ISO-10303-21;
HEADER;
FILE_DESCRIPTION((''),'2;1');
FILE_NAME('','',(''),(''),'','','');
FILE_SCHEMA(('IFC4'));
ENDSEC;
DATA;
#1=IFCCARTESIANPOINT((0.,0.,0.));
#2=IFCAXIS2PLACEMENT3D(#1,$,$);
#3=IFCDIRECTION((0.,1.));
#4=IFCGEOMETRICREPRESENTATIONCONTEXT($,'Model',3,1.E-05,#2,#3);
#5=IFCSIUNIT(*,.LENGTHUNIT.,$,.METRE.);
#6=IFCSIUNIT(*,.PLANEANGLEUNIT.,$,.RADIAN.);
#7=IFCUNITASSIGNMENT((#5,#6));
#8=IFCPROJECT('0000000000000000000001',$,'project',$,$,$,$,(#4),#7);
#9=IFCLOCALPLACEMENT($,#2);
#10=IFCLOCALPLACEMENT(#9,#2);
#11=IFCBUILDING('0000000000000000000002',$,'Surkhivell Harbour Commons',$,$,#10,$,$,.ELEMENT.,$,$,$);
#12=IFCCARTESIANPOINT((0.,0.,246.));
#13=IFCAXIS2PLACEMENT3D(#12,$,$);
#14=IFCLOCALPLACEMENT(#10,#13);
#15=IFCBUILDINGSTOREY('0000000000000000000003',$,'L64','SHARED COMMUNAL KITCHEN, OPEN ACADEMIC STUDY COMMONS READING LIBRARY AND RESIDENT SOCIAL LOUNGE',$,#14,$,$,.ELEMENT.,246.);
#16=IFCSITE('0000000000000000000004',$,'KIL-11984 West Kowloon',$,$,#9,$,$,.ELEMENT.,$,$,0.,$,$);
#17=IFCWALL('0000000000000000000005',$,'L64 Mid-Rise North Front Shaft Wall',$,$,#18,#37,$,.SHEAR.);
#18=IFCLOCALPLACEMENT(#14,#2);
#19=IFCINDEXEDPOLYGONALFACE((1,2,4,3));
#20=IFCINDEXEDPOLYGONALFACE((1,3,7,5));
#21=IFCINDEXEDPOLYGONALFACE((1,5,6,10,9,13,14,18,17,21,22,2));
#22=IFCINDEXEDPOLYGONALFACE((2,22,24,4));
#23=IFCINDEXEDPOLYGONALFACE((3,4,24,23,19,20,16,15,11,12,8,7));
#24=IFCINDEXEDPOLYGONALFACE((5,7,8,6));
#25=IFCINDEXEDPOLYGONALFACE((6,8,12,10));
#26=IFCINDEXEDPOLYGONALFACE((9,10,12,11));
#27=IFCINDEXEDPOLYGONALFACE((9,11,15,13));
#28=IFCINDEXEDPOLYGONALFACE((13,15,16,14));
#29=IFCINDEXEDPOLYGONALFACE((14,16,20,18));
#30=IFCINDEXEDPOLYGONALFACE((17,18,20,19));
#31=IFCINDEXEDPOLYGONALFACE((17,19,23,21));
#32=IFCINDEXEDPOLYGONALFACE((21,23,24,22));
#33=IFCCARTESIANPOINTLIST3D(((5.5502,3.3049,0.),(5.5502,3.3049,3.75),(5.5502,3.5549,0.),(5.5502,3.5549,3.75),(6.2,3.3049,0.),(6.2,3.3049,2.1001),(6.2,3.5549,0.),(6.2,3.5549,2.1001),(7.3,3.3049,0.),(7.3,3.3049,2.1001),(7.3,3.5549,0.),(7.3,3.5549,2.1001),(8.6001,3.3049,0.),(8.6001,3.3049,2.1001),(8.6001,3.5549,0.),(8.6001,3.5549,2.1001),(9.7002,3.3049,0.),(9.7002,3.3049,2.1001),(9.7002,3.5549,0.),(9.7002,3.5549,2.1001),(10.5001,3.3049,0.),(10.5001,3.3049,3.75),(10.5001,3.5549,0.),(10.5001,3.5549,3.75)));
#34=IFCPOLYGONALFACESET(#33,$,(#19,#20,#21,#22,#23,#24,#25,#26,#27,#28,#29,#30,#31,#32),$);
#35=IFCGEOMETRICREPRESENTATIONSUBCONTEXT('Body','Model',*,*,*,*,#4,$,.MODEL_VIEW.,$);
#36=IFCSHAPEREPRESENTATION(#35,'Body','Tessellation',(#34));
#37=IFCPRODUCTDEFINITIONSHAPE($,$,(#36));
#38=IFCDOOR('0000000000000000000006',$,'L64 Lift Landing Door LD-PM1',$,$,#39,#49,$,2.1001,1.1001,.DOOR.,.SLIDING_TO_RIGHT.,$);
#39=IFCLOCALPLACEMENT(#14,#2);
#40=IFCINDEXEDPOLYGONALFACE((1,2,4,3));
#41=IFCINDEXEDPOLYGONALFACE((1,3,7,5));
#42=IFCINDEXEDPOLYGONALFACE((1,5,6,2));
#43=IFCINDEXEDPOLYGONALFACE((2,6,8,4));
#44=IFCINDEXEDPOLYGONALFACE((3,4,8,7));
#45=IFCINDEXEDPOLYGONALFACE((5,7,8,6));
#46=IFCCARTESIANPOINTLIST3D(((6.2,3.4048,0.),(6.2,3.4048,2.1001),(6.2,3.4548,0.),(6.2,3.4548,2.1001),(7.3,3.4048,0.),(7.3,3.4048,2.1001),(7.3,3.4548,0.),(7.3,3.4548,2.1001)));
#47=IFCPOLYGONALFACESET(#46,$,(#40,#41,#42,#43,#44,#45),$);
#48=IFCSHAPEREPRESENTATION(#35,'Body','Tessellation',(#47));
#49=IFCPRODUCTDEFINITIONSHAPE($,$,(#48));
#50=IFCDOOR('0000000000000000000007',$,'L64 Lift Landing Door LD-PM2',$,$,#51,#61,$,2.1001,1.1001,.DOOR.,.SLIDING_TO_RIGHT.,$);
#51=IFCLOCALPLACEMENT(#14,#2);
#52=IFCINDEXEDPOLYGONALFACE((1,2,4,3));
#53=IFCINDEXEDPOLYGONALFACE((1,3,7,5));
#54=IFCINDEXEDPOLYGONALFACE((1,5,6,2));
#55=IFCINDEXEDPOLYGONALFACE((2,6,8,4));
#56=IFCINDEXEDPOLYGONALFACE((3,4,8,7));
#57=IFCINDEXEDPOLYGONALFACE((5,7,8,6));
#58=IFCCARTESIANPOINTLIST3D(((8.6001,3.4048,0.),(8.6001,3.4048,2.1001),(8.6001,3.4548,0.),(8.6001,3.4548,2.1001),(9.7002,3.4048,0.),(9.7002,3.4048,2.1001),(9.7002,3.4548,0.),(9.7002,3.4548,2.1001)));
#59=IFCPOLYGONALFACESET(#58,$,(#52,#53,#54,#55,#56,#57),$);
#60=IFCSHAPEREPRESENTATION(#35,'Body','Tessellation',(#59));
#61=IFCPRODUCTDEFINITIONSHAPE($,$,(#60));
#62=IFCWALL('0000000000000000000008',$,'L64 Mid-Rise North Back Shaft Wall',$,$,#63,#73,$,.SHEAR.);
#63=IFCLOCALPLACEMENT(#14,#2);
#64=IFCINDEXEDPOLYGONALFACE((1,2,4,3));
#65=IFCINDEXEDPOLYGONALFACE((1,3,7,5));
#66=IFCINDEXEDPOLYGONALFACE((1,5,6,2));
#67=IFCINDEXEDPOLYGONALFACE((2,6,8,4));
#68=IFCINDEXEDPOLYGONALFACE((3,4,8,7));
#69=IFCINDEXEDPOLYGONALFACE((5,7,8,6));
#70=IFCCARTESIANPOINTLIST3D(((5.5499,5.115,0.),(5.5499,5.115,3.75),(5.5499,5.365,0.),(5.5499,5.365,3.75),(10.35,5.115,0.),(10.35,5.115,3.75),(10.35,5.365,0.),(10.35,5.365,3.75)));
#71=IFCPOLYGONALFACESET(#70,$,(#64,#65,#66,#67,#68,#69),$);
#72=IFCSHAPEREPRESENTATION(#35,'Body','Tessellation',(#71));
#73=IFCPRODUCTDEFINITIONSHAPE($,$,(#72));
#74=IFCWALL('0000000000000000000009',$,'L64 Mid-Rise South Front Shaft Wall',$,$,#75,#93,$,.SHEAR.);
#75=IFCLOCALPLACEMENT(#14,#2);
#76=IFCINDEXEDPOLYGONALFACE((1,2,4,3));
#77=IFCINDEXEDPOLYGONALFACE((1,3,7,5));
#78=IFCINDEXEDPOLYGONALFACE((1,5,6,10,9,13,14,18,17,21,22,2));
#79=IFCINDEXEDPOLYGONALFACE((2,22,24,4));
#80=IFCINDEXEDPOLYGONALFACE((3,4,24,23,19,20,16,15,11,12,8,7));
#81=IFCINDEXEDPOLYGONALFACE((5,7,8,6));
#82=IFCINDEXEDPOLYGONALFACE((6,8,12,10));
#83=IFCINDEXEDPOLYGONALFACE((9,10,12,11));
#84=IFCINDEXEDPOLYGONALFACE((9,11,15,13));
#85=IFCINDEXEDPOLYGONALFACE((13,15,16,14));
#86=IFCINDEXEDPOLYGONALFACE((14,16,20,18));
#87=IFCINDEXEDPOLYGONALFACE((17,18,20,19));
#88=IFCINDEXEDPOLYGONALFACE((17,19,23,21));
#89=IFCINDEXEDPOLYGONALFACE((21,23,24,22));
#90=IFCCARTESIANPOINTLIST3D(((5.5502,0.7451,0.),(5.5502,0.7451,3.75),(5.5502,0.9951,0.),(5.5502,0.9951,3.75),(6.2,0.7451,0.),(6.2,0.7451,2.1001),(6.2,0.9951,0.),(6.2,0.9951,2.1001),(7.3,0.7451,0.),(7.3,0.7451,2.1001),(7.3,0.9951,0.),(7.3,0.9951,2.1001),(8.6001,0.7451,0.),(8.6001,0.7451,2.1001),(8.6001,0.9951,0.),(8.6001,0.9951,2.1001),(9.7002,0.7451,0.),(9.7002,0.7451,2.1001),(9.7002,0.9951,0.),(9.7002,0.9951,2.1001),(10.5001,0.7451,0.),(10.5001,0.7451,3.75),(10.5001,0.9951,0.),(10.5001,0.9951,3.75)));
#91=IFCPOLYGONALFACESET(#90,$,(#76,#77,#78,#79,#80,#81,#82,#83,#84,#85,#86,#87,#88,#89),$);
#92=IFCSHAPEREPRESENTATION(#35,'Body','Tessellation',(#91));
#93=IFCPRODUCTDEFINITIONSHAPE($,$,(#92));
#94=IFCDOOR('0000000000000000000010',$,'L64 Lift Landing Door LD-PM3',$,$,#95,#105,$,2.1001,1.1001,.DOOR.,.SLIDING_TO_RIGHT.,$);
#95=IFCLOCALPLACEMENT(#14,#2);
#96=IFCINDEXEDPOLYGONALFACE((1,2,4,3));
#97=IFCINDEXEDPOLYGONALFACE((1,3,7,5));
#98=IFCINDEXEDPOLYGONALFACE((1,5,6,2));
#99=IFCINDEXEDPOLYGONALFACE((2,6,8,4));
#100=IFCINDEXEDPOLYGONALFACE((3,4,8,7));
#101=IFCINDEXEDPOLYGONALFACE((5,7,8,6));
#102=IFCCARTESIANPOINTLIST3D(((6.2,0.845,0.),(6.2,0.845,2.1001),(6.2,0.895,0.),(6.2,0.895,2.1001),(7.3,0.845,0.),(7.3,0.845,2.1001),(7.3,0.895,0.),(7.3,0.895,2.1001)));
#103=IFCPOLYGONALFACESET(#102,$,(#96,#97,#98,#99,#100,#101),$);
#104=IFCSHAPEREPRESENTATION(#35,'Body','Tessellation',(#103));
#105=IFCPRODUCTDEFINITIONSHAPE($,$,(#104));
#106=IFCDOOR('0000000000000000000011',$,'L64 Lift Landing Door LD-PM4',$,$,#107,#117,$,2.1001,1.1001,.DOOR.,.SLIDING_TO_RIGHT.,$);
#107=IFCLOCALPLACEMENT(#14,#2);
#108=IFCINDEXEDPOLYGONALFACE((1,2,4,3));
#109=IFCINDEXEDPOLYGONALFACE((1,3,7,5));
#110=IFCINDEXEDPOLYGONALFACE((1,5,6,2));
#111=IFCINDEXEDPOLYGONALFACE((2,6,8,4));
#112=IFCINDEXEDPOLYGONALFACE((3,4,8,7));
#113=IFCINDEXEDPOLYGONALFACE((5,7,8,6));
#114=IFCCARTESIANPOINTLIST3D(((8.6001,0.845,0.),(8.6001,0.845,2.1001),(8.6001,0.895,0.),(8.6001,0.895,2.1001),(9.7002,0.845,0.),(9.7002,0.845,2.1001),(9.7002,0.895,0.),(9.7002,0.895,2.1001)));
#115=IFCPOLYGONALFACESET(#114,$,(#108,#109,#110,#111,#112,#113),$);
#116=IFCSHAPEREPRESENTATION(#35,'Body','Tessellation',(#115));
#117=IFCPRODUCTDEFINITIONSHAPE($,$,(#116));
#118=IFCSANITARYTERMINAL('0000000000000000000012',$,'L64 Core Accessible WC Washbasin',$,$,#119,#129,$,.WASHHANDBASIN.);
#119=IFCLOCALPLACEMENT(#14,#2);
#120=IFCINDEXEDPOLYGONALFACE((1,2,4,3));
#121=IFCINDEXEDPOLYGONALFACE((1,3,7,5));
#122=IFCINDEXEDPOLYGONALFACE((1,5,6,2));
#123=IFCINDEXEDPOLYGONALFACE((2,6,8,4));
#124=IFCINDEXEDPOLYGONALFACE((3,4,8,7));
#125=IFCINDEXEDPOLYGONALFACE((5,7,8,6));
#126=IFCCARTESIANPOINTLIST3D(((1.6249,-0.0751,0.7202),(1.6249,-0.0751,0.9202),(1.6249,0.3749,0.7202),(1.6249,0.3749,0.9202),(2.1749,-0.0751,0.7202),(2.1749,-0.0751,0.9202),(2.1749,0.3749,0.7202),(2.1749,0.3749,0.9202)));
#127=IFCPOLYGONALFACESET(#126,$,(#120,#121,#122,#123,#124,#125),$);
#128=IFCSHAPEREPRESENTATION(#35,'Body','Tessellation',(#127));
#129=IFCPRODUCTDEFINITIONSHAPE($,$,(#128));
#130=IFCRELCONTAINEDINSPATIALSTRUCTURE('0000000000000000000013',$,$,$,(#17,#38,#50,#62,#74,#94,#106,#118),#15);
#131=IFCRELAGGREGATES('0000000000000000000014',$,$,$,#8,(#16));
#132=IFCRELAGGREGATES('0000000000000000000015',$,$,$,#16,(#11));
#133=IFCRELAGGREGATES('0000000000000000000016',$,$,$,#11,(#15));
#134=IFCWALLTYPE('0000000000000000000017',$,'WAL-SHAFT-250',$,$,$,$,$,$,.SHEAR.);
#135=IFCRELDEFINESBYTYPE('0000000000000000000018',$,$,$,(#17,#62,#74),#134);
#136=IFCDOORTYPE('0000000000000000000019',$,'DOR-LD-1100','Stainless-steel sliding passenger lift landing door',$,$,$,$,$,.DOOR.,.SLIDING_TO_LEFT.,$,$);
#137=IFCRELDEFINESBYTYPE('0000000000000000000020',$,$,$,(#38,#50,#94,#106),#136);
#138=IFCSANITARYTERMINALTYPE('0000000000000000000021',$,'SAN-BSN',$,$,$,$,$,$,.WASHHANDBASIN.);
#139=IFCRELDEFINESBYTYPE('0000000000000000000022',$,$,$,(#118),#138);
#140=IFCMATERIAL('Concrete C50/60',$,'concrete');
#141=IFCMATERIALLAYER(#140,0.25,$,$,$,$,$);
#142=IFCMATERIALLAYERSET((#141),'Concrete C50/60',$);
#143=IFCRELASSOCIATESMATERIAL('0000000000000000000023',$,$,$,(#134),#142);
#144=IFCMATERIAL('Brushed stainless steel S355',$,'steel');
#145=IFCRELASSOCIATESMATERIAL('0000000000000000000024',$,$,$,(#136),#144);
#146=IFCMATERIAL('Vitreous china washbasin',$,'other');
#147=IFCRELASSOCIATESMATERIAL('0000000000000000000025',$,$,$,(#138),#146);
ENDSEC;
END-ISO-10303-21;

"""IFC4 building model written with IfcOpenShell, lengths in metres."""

from ifc_helpers import new_model, si_unit, direction, frame, frame_2d, origin, origin_2d, place, context, subcontext, project, spatial, rectangle, extrude, material, layer, layer_set, type_object, element, fill, save


model = new_model("IFC4")

# Units and contexts
model_context = context("Model", 3, precision=1e-05, world=origin(), true_north=direction((0.0, 1.0)))
body_context = subcontext(model_context, "Body", "Model", "MODEL_VIEW")
ifc_project = project(units=[si_unit("LENGTHUNIT", "METRE"), si_unit("PLANEANGLEUNIT", "RADIAN")], contexts=[model_context])

# Site, building, storey
site_placement = place(None, origin())
site = spatial("IfcSite", under=ifc_project, at=site_placement, Name="KIL-11984 West Kowloon", CompositionType="ELEMENT", RefElevation=0.0)
building_placement = place(site_placement, origin())
building = spatial("IfcBuilding", under=site, at=building_placement, Name="Surkhivell Harbour Commons", CompositionType="ELEMENT")
storey_placement = place(building_placement, frame((0.0, 0.0, 246.0)))
storey = spatial("IfcBuildingStorey", under=building, at=storey_placement, Name="L64", Description="SHARED COMMUNAL KITCHEN, OPEN ACADEMIC STUDY COMMONS READING LIBRARY AND RESIDENT SOCIAL LOUNGE", CompositionType="ELEMENT", Elevation=246.0)

# Shared definitions
ifc_material_1 = material(Name="Concrete C50/60", Category="concrete")
ifc_layer_1 = layer(ifc_material_1, 0.25)
ifc_layer_set_1 = layer_set([ifc_layer_1], Name="Concrete C50/60")
wall_type_1 = type_object("IfcWallType", Name="WAL-SHAFT-250", PredefinedType="SHEAR", material=ifc_layer_set_1)

# Wall, openings, doors
wall_1_placement = place(storey_placement, frame((5.55, 3.4299, 0.0), z_axis=(0.0, 0.0, 1.0), x_axis=(1.0, 0.0, 0.0)))
wall_1 = element("IfcWall", 1, at=wall_1_placement, inside=storey, type_object=wall_type_1, Name="L64 Mid-Rise North Front Shaft Wall", PredefinedType="SHEAR", context=body_context, shape_type="SweptSolid", body=[
    extrude(rectangle(XDim=4.95, YDim=0.25, at=frame_2d((2.4751, 0.0))), origin(), (0.0, 0.0, 1.0), 3.75),
])
opening_1_placement = place(wall_1_placement, frame((0.6499, 0.0, 0.0)))
opening_1 = element("IfcOpeningElement", 2, at=opening_1_placement, cuts=wall_1, PredefinedType="OPENING", context=body_context, shape_type="SweptSolid", body=[
    extrude(rectangle(XDim=1.1001, YDim=2.1001, at=frame_2d((0.55, 1.05))), frame((0.0, 0.135, 0.0), z_axis=(0.0, -1.0, 0.0), x_axis=(1.0, 0.0, 0.0)), (0.0, 0.0, 1.0), 0.27),
])
opening_2_placement = place(wall_1_placement, frame((3.05, 0.0, 0.0)))
opening_2 = element("IfcOpeningElement", 3, at=opening_2_placement, cuts=wall_1, PredefinedType="OPENING", context=body_context, shape_type="SweptSolid", body=[
    extrude(rectangle(XDim=1.1001, YDim=2.1001, at=frame_2d((0.55, 1.05))), frame((0.0, 0.135, 0.0), z_axis=(0.0, -1.0, 0.0), x_axis=(1.0, 0.0, 0.0)), (0.0, 0.0, 1.0), 0.27),
])
ifc_material_2 = material(Name="Brushed stainless steel S355", Category="steel")
door_type_1 = type_object("IfcDoorType", Name="DOR-LD-1100", Description="Stainless-steel sliding passenger lift landing door", OperationType="SLIDING_TO_LEFT", PredefinedType="DOOR", material=ifc_material_2)
door_1_placement = place(opening_1_placement, origin())
door_1 = element("IfcDoor", 4, at=door_1_placement, inside=storey, type_object=door_type_1, Name="L64 Lift Landing Door LD-PM1", OperationType="SLIDING_TO_RIGHT", OverallHeight=2.1001, OverallWidth=1.1001, PredefinedType="DOOR", context=body_context, shape_type="SweptSolid", body=[
    extrude(rectangle(XDim=1.1001, YDim=2.1001, at=frame_2d((0.55, 1.05))), frame((0.0, 0.0249, 0.0), z_axis=(0.0, -1.0, 0.0), x_axis=(1.0, 0.0, 0.0)), (0.0, 0.0, 1.0), 0.05),
])
fill(opening_1, door_1)
door_2_placement = place(opening_2_placement, origin())
door_2 = element("IfcDoor", 5, at=door_2_placement, inside=storey, type_object=door_type_1, Name="L64 Lift Landing Door LD-PM2", OperationType="SLIDING_TO_RIGHT", OverallHeight=2.1001, OverallWidth=1.1001, PredefinedType="DOOR", context=body_context, shape_type="SweptSolid", body=[
    extrude(rectangle(XDim=1.1001, YDim=2.1001, at=frame_2d((0.55, 1.05))), frame((0.0, 0.0249, 0.0), z_axis=(0.0, -1.0, 0.0), x_axis=(1.0, 0.0, 0.0)), (0.0, 0.0, 1.0), 0.05),
])
fill(opening_2, door_2)

# Wall
wall_2_placement = place(storey_placement, frame((5.55, 5.24, 0.0), z_axis=(0.0, 0.0, 1.0), x_axis=(1.0, 0.0, 0.0)))
element("IfcWall", 6, at=wall_2_placement, inside=storey, type_object=wall_type_1, Name="L64 Mid-Rise North Back Shaft Wall", PredefinedType="SHEAR", context=body_context, shape_type="SweptSolid", body=[
    extrude(rectangle(XDim=4.8, YDim=0.25, at=frame_2d((2.3999, 0.0))), origin(), (0.0, 0.0, 1.0), 3.75),
])

# Wall, openings, doors
wall_3_placement = place(storey_placement, frame((5.55, 0.8701, 0.0), z_axis=(0.0, 0.0, 1.0), x_axis=(1.0, 0.0, 0.0)))
wall_3 = element("IfcWall", 7, at=wall_3_placement, inside=storey, type_object=wall_type_1, Name="L64 Mid-Rise South Front Shaft Wall", PredefinedType="SHEAR", context=body_context, shape_type="SweptSolid", body=[
    extrude(rectangle(XDim=4.95, YDim=0.25, at=frame_2d((2.4751, 0.0))), origin(), (0.0, 0.0, 1.0), 3.75),
])
opening_3_placement = place(wall_3_placement, frame((0.6499, 0.0, 0.0)))
opening_3 = element("IfcOpeningElement", 8, at=opening_3_placement, cuts=wall_3, PredefinedType="OPENING", context=body_context, shape_type="SweptSolid", body=[
    extrude(rectangle(XDim=1.1001, YDim=2.1001, at=frame_2d((0.55, 1.05))), frame((0.0, 0.135, 0.0), z_axis=(0.0, -1.0, 0.0), x_axis=(1.0, 0.0, 0.0)), (0.0, 0.0, 1.0), 0.27),
])
opening_4_placement = place(wall_3_placement, frame((3.05, 0.0, 0.0)))
opening_4 = element("IfcOpeningElement", 9, at=opening_4_placement, cuts=wall_3, PredefinedType="OPENING", context=body_context, shape_type="SweptSolid", body=[
    extrude(rectangle(XDim=1.1001, YDim=2.1001, at=frame_2d((0.55, 1.05))), frame((0.0, 0.135, 0.0), z_axis=(0.0, -1.0, 0.0), x_axis=(1.0, 0.0, 0.0)), (0.0, 0.0, 1.0), 0.27),
])
door_3_placement = place(opening_3_placement, origin())
door_3 = element("IfcDoor", 10, at=door_3_placement, inside=storey, type_object=door_type_1, Name="L64 Lift Landing Door LD-PM3", OperationType="SLIDING_TO_RIGHT", OverallHeight=2.1001, OverallWidth=1.1001, PredefinedType="DOOR", context=body_context, shape_type="SweptSolid", body=[
    extrude(rectangle(XDim=1.1001, YDim=2.1001, at=frame_2d((0.55, 1.05))), frame((0.0, 0.0249, 0.0), z_axis=(0.0, -1.0, 0.0), x_axis=(1.0, 0.0, 0.0)), (0.0, 0.0, 1.0), 0.05),
])
fill(opening_3, door_3)
door_4_placement = place(opening_4_placement, origin())
door_4 = element("IfcDoor", 11, at=door_4_placement, inside=storey, type_object=door_type_1, Name="L64 Lift Landing Door LD-PM4", OperationType="SLIDING_TO_RIGHT", OverallHeight=2.1001, OverallWidth=1.1001, PredefinedType="DOOR", context=body_context, shape_type="SweptSolid", body=[
    extrude(rectangle(XDim=1.1001, YDim=2.1001, at=frame_2d((0.55, 1.05))), frame((0.0, 0.0249, 0.0), z_axis=(0.0, -1.0, 0.0), x_axis=(1.0, 0.0, 0.0)), (0.0, 0.0, 1.0), 0.05),
])
fill(opening_4, door_4)

# Sanitary terminal
ifc_material_3 = material(Name="Vitreous china washbasin", Category="other")
sanitary_terminal_type = type_object("IfcSanitaryTerminalType", Name="SAN-BSN", PredefinedType="WASHHANDBASIN", material=ifc_material_3)
sanitary_terminal_placement = place(storey_placement, frame((1.8999, 0.1499, 0.7202), z_axis=(0.0, 0.0, 1.0), x_axis=(1.0, 0.0, 0.0)))
element("IfcSanitaryTerminal", 12, at=sanitary_terminal_placement, inside=storey, type_object=sanitary_terminal_type, Name="L64 Core Accessible WC Washbasin", PredefinedType="WASHHANDBASIN", context=body_context, shape_type="SweptSolid", body=[
    extrude(rectangle(XDim=0.55, YDim=0.45, at=origin_2d()), origin(), (0.0, 0.0, 1.0), 0.2),
])

save(model, "model.ifc")
